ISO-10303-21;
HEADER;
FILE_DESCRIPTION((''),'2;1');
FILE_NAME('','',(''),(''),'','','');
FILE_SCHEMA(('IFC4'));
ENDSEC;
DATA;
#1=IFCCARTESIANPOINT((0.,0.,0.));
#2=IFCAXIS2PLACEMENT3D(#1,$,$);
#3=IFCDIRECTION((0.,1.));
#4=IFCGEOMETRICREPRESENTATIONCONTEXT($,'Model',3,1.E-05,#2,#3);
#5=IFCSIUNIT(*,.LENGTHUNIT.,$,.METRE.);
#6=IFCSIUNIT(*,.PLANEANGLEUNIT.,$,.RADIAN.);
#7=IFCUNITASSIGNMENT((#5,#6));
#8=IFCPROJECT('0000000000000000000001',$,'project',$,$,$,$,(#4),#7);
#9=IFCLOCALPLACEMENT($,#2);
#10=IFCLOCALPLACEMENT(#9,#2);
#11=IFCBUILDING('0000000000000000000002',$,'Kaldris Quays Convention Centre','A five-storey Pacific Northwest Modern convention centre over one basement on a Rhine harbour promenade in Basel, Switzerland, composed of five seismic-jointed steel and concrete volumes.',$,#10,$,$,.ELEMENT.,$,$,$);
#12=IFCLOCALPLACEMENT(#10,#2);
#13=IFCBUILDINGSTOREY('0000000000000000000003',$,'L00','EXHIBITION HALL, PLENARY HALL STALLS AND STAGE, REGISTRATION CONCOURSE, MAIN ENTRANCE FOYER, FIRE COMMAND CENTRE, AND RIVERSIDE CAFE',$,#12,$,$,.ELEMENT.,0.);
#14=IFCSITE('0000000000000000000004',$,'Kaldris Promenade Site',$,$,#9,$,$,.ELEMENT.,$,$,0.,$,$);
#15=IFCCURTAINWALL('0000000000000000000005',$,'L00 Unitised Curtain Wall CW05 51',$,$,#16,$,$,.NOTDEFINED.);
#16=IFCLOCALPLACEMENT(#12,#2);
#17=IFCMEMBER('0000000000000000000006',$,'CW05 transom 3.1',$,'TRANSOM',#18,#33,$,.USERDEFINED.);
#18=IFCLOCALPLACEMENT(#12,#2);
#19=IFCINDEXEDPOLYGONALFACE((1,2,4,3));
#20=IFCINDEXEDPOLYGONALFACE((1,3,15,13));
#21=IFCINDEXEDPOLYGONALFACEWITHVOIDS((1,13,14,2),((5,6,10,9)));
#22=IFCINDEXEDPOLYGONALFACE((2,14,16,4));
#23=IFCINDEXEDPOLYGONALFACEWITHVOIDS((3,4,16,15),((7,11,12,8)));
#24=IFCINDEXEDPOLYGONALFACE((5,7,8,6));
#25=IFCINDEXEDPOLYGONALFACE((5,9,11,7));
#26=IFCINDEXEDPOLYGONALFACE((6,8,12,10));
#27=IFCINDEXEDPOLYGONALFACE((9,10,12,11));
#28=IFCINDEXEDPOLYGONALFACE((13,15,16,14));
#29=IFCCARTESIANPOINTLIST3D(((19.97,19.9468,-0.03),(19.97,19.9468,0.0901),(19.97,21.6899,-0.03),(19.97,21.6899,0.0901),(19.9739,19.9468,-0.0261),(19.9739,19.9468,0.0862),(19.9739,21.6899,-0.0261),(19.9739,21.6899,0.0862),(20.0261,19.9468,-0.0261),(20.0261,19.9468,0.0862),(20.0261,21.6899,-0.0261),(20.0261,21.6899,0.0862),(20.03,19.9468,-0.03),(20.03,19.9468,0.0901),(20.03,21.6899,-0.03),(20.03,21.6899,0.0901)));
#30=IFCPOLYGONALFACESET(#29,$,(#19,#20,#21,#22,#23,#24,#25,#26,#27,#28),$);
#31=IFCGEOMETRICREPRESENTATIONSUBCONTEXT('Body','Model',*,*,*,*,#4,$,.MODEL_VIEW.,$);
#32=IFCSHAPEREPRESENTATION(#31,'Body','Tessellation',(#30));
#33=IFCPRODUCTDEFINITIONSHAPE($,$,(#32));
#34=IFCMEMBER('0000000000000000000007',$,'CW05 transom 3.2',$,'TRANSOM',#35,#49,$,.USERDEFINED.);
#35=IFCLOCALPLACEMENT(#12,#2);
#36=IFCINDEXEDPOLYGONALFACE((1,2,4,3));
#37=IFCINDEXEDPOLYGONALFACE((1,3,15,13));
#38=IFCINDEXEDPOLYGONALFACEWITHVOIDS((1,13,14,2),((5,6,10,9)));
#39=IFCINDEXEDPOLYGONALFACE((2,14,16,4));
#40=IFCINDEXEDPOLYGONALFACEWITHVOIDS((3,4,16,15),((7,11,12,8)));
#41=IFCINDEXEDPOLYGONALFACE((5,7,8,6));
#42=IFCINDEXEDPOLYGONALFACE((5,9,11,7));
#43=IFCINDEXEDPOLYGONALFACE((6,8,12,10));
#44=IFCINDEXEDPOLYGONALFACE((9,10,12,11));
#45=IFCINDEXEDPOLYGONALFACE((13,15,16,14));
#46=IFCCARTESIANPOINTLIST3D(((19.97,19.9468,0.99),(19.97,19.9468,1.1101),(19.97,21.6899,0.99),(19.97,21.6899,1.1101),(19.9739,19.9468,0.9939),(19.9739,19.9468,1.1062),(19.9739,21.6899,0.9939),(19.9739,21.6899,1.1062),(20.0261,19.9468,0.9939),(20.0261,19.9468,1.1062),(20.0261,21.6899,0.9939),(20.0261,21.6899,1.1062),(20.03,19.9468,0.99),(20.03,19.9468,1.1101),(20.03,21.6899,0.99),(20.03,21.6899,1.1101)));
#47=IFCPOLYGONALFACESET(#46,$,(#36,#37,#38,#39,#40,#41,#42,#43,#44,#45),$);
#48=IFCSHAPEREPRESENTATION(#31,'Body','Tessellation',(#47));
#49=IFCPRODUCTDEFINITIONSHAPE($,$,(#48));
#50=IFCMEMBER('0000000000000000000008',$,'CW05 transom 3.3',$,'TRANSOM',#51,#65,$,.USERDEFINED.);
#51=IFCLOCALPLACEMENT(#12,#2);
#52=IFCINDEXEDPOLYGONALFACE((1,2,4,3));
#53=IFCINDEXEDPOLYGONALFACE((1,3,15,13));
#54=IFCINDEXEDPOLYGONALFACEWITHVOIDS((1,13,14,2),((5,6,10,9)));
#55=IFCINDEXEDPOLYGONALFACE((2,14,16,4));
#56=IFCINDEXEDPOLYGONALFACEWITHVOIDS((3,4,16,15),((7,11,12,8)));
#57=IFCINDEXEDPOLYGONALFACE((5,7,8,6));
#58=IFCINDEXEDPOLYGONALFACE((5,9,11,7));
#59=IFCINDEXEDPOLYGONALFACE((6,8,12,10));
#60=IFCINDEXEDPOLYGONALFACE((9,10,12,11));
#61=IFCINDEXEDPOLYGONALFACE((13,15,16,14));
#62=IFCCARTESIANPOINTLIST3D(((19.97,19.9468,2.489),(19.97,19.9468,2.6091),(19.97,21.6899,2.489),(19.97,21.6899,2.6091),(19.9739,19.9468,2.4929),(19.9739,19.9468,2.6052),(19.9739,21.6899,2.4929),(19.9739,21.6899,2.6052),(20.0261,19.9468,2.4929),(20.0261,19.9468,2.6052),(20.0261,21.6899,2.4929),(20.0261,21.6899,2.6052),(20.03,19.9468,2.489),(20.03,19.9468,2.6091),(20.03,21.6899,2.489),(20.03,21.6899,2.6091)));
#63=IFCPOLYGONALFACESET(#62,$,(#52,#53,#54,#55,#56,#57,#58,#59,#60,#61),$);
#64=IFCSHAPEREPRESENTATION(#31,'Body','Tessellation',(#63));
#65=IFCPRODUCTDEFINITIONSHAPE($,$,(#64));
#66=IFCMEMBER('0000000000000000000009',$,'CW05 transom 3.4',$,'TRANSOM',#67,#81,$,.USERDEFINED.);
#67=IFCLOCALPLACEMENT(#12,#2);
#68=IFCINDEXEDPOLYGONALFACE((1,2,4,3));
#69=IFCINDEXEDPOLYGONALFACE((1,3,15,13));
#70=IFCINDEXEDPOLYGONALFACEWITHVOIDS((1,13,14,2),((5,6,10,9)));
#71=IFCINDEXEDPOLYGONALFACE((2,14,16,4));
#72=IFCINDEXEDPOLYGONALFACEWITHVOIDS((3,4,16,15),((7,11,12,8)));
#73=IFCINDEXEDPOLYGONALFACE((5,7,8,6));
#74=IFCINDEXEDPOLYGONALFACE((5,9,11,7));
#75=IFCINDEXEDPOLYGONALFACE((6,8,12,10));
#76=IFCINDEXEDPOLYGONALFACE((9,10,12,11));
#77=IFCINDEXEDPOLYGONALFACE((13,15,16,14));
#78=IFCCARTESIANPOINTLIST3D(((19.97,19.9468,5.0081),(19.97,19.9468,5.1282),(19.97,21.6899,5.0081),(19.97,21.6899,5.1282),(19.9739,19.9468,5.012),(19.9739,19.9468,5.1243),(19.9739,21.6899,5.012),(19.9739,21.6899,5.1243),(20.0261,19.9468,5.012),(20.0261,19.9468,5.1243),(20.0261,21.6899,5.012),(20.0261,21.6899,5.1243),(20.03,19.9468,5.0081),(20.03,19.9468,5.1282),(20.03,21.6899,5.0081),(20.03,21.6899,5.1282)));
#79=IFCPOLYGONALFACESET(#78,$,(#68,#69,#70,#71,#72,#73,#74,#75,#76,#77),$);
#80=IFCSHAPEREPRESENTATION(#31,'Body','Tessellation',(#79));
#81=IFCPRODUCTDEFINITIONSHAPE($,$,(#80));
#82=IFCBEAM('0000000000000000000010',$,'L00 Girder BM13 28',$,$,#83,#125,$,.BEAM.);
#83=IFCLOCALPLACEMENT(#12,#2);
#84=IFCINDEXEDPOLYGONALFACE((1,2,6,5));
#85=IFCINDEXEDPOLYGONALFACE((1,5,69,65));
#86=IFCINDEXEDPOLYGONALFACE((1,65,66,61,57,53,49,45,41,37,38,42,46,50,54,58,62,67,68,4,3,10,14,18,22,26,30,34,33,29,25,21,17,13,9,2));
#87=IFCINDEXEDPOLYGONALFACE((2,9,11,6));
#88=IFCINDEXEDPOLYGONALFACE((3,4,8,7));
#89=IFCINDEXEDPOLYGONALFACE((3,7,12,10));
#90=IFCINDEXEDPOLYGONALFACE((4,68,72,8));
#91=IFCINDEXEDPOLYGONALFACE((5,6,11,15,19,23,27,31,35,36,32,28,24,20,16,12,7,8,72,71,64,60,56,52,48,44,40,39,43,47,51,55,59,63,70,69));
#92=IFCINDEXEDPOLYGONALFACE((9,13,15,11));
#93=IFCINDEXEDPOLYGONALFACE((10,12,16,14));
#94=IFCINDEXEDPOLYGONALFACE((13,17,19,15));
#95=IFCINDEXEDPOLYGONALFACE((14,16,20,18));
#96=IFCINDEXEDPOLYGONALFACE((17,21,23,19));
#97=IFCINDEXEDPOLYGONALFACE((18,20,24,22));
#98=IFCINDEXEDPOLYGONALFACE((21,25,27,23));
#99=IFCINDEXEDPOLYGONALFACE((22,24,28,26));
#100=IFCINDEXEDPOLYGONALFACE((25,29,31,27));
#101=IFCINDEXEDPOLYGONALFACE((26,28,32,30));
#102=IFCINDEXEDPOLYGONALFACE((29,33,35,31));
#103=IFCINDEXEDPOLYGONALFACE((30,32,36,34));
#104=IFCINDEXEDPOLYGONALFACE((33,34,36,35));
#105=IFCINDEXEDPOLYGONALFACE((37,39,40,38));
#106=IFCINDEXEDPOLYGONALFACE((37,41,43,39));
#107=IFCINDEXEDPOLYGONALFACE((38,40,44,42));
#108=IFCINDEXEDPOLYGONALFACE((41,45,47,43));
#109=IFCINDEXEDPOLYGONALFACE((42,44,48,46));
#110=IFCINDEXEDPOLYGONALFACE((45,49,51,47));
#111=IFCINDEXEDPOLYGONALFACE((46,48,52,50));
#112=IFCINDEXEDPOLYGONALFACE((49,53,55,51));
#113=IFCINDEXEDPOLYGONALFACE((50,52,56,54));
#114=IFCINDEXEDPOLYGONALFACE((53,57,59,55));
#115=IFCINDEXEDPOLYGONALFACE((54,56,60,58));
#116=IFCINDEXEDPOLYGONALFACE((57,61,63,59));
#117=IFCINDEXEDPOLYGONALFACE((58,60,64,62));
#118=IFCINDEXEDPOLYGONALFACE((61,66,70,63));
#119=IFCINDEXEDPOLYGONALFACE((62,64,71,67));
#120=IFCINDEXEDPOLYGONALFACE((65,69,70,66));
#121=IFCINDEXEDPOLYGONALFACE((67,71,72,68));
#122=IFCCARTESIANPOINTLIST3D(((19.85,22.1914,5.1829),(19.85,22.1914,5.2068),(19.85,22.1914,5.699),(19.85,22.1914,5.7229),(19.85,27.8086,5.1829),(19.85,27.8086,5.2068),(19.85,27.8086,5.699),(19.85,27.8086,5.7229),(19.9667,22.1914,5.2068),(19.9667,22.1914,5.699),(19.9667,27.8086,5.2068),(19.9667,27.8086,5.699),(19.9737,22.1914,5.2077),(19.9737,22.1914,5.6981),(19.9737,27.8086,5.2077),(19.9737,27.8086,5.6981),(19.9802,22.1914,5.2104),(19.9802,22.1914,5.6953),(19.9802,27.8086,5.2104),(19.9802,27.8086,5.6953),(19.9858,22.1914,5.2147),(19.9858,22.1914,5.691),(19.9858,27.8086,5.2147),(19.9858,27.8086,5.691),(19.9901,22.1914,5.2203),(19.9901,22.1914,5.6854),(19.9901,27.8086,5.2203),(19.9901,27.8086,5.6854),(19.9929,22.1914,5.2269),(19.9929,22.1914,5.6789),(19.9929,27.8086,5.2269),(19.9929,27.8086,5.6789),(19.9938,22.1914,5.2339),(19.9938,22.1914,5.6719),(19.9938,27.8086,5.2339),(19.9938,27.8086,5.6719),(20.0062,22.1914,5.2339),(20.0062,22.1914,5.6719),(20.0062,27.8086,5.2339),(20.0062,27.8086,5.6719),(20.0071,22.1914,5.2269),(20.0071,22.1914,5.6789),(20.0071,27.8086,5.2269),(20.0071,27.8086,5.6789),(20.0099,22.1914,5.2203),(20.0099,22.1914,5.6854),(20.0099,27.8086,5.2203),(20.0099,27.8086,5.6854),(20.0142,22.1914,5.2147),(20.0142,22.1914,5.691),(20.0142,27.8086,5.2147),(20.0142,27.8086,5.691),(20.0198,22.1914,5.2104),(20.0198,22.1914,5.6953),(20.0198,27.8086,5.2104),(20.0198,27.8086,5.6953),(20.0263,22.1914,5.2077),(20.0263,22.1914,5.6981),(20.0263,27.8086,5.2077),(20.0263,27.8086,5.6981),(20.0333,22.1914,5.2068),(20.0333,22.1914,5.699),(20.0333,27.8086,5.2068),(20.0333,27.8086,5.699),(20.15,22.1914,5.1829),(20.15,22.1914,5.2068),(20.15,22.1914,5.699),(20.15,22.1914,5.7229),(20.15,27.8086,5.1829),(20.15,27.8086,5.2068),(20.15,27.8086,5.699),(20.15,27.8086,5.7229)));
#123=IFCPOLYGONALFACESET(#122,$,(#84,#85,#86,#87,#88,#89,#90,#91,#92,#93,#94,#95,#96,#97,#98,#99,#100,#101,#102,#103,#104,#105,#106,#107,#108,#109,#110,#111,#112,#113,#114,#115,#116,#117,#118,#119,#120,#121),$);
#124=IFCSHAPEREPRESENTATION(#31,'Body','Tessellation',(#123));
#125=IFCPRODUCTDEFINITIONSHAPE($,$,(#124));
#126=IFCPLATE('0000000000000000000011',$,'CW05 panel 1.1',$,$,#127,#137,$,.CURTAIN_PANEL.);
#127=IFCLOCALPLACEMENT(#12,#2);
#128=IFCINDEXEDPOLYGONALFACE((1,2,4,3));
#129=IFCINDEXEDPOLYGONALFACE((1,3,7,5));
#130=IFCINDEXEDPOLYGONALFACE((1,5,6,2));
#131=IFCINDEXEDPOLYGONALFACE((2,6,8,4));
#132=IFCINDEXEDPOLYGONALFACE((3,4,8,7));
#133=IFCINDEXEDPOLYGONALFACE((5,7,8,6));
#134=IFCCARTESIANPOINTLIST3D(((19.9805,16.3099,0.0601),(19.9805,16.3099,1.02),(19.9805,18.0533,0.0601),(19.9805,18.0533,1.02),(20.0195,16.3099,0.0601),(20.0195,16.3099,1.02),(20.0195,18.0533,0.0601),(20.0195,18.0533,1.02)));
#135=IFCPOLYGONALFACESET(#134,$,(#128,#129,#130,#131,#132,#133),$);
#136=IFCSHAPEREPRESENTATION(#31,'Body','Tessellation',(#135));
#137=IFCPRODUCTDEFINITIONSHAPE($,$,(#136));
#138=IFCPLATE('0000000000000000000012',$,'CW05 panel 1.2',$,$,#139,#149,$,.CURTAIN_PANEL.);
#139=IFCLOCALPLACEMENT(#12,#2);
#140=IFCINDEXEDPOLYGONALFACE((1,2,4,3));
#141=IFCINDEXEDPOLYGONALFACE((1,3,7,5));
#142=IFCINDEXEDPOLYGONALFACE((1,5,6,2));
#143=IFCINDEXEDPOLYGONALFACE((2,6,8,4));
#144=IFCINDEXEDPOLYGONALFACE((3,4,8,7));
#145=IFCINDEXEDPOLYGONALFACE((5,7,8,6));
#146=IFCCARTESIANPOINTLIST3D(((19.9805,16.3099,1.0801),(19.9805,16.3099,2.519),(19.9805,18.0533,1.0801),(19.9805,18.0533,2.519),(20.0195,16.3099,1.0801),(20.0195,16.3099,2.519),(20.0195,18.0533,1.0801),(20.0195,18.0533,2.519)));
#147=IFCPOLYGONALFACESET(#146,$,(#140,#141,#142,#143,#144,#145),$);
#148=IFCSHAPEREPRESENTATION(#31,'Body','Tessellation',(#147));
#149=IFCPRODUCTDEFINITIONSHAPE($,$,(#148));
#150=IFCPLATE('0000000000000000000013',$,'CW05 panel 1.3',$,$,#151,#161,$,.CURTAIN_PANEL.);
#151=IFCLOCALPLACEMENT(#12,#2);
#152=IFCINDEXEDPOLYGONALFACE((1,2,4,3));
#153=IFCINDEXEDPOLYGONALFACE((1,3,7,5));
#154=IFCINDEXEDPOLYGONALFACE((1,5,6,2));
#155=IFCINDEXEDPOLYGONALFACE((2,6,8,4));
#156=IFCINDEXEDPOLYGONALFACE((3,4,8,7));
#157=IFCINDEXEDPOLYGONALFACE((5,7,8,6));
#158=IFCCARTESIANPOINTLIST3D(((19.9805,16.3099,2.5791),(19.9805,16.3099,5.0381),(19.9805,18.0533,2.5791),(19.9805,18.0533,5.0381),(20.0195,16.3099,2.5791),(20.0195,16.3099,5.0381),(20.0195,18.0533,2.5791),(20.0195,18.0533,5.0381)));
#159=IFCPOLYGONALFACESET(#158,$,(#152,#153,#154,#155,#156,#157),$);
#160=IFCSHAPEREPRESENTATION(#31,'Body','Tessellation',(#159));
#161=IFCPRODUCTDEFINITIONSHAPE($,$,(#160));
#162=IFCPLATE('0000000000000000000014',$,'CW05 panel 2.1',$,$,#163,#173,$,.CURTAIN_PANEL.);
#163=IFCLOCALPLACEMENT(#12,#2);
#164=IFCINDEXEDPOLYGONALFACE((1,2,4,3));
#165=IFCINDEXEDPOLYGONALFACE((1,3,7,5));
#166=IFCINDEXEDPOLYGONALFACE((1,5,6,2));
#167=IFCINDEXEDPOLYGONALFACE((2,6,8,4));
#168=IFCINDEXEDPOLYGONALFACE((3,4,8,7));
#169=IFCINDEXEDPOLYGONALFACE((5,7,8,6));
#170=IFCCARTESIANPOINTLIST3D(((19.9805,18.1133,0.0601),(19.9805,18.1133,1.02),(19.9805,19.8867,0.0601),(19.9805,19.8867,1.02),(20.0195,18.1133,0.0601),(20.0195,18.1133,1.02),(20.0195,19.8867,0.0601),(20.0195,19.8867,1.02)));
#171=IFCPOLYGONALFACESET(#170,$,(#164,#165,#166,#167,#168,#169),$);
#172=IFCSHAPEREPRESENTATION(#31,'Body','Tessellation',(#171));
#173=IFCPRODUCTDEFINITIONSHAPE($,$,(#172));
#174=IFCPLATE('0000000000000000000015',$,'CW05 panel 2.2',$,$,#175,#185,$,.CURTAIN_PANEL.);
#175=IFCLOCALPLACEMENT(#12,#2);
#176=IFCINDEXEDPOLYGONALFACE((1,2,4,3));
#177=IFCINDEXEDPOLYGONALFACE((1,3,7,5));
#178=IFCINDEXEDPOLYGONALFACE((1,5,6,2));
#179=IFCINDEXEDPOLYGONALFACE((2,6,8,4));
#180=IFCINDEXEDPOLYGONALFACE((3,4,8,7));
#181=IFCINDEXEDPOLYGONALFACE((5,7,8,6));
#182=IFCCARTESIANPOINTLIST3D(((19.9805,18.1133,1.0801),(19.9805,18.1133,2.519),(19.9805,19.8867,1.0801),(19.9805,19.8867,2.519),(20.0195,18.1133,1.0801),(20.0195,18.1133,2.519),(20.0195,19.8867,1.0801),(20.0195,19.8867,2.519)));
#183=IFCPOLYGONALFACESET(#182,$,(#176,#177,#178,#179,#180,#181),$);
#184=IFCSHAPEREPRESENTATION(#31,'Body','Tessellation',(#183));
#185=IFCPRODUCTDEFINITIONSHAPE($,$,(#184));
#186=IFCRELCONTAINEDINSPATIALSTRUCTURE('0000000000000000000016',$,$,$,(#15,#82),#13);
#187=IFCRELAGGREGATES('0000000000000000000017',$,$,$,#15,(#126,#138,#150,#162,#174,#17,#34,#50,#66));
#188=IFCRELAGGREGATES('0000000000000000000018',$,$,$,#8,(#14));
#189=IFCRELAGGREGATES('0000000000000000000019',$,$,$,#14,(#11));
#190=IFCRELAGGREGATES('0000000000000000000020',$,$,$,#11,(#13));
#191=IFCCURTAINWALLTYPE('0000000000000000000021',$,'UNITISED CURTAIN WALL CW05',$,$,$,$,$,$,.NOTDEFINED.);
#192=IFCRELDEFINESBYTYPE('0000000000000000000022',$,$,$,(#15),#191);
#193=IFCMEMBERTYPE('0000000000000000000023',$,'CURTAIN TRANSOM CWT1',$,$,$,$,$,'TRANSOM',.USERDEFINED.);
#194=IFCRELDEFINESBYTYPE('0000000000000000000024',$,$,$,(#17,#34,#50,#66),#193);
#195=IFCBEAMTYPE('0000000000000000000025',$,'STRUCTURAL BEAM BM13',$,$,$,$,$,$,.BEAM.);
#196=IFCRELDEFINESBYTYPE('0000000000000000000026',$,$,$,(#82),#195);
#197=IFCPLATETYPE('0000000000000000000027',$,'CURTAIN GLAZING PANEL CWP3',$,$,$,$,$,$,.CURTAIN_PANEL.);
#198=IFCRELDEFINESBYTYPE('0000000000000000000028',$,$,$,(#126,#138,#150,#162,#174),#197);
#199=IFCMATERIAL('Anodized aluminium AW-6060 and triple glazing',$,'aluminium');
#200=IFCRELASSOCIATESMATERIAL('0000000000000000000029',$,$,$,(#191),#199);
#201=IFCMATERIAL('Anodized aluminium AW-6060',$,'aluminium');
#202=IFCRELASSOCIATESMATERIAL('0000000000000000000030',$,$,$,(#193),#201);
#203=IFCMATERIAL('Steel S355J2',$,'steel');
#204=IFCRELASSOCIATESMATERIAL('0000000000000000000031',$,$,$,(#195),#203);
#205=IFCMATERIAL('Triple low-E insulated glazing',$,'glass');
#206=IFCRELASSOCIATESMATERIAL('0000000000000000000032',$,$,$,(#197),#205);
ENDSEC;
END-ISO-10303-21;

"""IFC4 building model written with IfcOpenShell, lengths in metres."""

from ifc_helpers import new_model, si_unit, direction, frame, origin, origin_2d, place, context, subcontext, project, spatial, rectangle, hollow_rectangle, i_section, extrude, material, material_profile, profile_set, type_object, element, aggregate, save


model = new_model("IFC4")

# Units and contexts
model_context = context("Model", 3, precision=1e-05, world=origin(), true_north=direction((0.0, 1.0)))
body_context = subcontext(model_context, "Body", "Model", "MODEL_VIEW")
ifc_project = project(units=[si_unit("LENGTHUNIT", "METRE"), si_unit("PLANEANGLEUNIT", "RADIAN")], contexts=[model_context])

# Site, building, storey
site_placement = place(None, origin())
site = spatial("IfcSite", under=ifc_project, at=site_placement, Name="Kaldris Promenade Site", CompositionType="ELEMENT", RefElevation=0.0)
building_placement = place(site_placement, origin())
building = spatial("IfcBuilding", under=site, at=building_placement, Name="Kaldris Quays Convention Centre", Description="A five-storey Pacific Northwest Modern convention centre over one basement on a Rhine harbour promenade in Basel, Switzerland, composed of five seismic-jointed steel and concrete volumes.", CompositionType="ELEMENT")
storey_placement = place(building_placement, origin())
storey = spatial("IfcBuildingStorey", under=building, at=storey_placement, Name="L00", Description="EXHIBITION HALL, PLENARY HALL STALLS AND STAGE, REGISTRATION CONCOURSE, MAIN ENTRANCE FOYER, FIRE COMMAND CENTRE, AND RIVERSIDE CAFE", CompositionType="ELEMENT", Elevation=0.0)

# Curtain wall
ifc_material_1 = material(Name="Anodized aluminium AW-6060 and triple glazing", Category="aluminium")
curtain_wall_type = type_object("IfcCurtainWallType", Name="UNITISED CURTAIN WALL CW05", PredefinedType="NOTDEFINED", material=ifc_material_1)
curtain_wall_1_placement = place(storey_placement, origin())
curtain_wall_1 = element("IfcCurtainWall", 1, at=curtain_wall_1_placement, inside=storey, type_object=curtain_wall_type, Name="L00 Unitised Curtain Wall CW05 51", PredefinedType="NOTDEFINED")
ifc_material_2 = material(Name="Anodized aluminium AW-6060", Category="aluminium")

# Members
ifc_material_profile_1 = material_profile(ifc_material_2, hollow_rectangle(XDim=0.0601, YDim=0.1201, WallThickness=0.0039, at=origin_2d()), Name="RHS 120x60x4")
ifc_profile_set_1 = profile_set([ifc_material_profile_1], Name="Anodized aluminium AW-6060")
member_type_1 = type_object("IfcMemberType", Name="CURTAIN TRANSOM CWT1", ElementType="TRANSOM", PredefinedType="USERDEFINED", material=ifc_profile_set_1)
member_1_placement = place(storey_placement, frame((20.0, 19.9468, 0.03), z_axis=(0.0, 1.0, 0.0), x_axis=(-1.0, 0.0, 0.0)))
member_1 = element("IfcMember", 2, at=member_1_placement, type_object=member_type_1, Name="CW05 transom 3.1", ObjectType="TRANSOM", PredefinedType="USERDEFINED", context=body_context, shape_type="SweptSolid", body=[
    extrude(hollow_rectangle(XDim=0.0601, YDim=0.1201, WallThickness=0.0039, at=origin_2d()), origin(), (0.0, 0.0, 1.0), 1.7432),
])
member_2_placement = place(storey_placement, frame((20.0, 19.9468, 1.05), z_axis=(0.0, 1.0, 0.0), x_axis=(-1.0, 0.0, 0.0)))
member_2 = element("IfcMember", 3, at=member_2_placement, type_object=member_type_1, Name="CW05 transom 3.2", ObjectType="TRANSOM", PredefinedType="USERDEFINED", context=body_context, shape_type="SweptSolid", body=[
    extrude(hollow_rectangle(XDim=0.0601, YDim=0.1201, WallThickness=0.0039, at=origin_2d()), origin(), (0.0, 0.0, 1.0), 1.7432),
])
member_3_placement = place(storey_placement, frame((20.0, 19.9468, 2.5491), z_axis=(0.0, 1.0, 0.0), x_axis=(-1.0, 0.0, 0.0)))
member_3 = element("IfcMember", 4, at=member_3_placement, type_object=member_type_1, Name="CW05 transom 3.3", ObjectType="TRANSOM", PredefinedType="USERDEFINED", context=body_context, shape_type="SweptSolid", body=[
    extrude(hollow_rectangle(XDim=0.0601, YDim=0.1201, WallThickness=0.0039, at=origin_2d()), origin(), (0.0, 0.0, 1.0), 1.7432),
])
member_4_placement = place(storey_placement, frame((20.0, 19.9468, 5.0681), z_axis=(0.0, 1.0, 0.0), x_axis=(-1.0, 0.0, 0.0)))
member_4 = element("IfcMember", 5, at=member_4_placement, type_object=member_type_1, Name="CW05 transom 3.4", ObjectType="TRANSOM", PredefinedType="USERDEFINED", context=body_context, shape_type="SweptSolid", body=[
    extrude(hollow_rectangle(XDim=0.0601, YDim=0.1201, WallThickness=0.0039, at=origin_2d()), origin(), (0.0, 0.0, 1.0), 1.7432),
])

# Beam
ifc_material_3 = material(Name="Steel S355J2", Category="steel")
ifc_material_profile_2 = material_profile(ifc_material_3, i_section(OverallWidth=0.3, OverallDepth=0.54, WebThickness=0.0125, FlangeThickness=0.0239, FilletRadius=0.0271, at=origin_2d()), Name="HEA 550")
ifc_profile_set_2 = profile_set([ifc_material_profile_2], Name="Steel S355J2")
beam_type = type_object("IfcBeamType", Name="STRUCTURAL BEAM BM13", PredefinedType="BEAM", material=ifc_profile_set_2)
beam_placement = place(storey_placement, frame((20.0, 22.1914, 5.4529), z_axis=(0.0, 1.0, 0.0), x_axis=(-1.0, 0.0, 0.0)))
element("IfcBeam", 6, at=beam_placement, inside=storey, type_object=beam_type, Name="L00 Girder BM13 28", PredefinedType="BEAM", context=body_context, shape_type="SweptSolid", body=[
    extrude(i_section(OverallWidth=0.3, OverallDepth=0.54, WebThickness=0.0125, FlangeThickness=0.0239, FilletRadius=0.0271, at=origin_2d()), origin(), (0.0, 0.0, 1.0), 5.6172),
])

# Plates
ifc_material_4 = material(Name="Triple low-E insulated glazing", Category="glass")
plate_type = type_object("IfcPlateType", Name="CURTAIN GLAZING PANEL CWP3", PredefinedType="CURTAIN_PANEL", material=ifc_material_4)
plate_1_placement = place(storey_placement, frame((20.0, 17.1816, 0.0601), z_axis=(0.0, 0.0, 1.0), x_axis=(0.0, 1.0, 0.0)))
plate_1 = element("IfcPlate", 7, at=plate_1_placement, type_object=plate_type, Name="CW05 panel 1.1", PredefinedType="CURTAIN_PANEL", context=body_context, shape_type="SweptSolid", body=[
    extrude(rectangle(XDim=1.7434, YDim=0.0391, at=origin_2d()), origin(), (0.0, 0.0, 1.0), 0.96),
])
plate_2_placement = place(storey_placement, frame((20.0, 17.1816, 1.0801), z_axis=(0.0, 0.0, 1.0), x_axis=(0.0, 1.0, 0.0)))
plate_2 = element("IfcPlate", 8, at=plate_2_placement, type_object=plate_type, Name="CW05 panel 1.2", PredefinedType="CURTAIN_PANEL", context=body_context, shape_type="SweptSolid", body=[
    extrude(rectangle(XDim=1.7434, YDim=0.0391, at=origin_2d()), origin(), (0.0, 0.0, 1.0), 1.439),
])
plate_3_placement = place(storey_placement, frame((20.0, 17.1816, 2.5791), z_axis=(0.0, 0.0, 1.0), x_axis=(0.0, 1.0, 0.0)))
plate_3 = element("IfcPlate", 9, at=plate_3_placement, type_object=plate_type, Name="CW05 panel 1.3", PredefinedType="CURTAIN_PANEL", context=body_context, shape_type="SweptSolid", body=[
    extrude(rectangle(XDim=1.7434, YDim=0.0391, at=origin_2d()), origin(), (0.0, 0.0, 1.0), 2.459),
])
plate_4_placement = place(storey_placement, frame((20.0, 19.0, 0.0601), z_axis=(0.0, 0.0, 1.0), x_axis=(0.0, 1.0, 0.0)))
plate_4 = element("IfcPlate", 10, at=plate_4_placement, type_object=plate_type, Name="CW05 panel 2.1", PredefinedType="CURTAIN_PANEL", context=body_context, shape_type="SweptSolid", body=[
    extrude(rectangle(XDim=1.7734, YDim=0.0391, at=origin_2d()), origin(), (0.0, 0.0, 1.0), 0.96),
])
plate_5_placement = place(storey_placement, frame((20.0, 19.0, 1.0801), z_axis=(0.0, 0.0, 1.0), x_axis=(0.0, 1.0, 0.0)))
plate_5 = element("IfcPlate", 11, at=plate_5_placement, type_object=plate_type, Name="CW05 panel 2.2", PredefinedType="CURTAIN_PANEL", context=body_context, shape_type="SweptSolid", body=[
    extrude(rectangle(XDim=1.7734, YDim=0.0391, at=origin_2d()), origin(), (0.0, 0.0, 1.0), 1.439),
])
aggregate(curtain_wall_1, [plate_1, plate_2, plate_3, plate_4, plate_5, member_1, member_2, member_3, member_4])

save(model, "model.ifc")
